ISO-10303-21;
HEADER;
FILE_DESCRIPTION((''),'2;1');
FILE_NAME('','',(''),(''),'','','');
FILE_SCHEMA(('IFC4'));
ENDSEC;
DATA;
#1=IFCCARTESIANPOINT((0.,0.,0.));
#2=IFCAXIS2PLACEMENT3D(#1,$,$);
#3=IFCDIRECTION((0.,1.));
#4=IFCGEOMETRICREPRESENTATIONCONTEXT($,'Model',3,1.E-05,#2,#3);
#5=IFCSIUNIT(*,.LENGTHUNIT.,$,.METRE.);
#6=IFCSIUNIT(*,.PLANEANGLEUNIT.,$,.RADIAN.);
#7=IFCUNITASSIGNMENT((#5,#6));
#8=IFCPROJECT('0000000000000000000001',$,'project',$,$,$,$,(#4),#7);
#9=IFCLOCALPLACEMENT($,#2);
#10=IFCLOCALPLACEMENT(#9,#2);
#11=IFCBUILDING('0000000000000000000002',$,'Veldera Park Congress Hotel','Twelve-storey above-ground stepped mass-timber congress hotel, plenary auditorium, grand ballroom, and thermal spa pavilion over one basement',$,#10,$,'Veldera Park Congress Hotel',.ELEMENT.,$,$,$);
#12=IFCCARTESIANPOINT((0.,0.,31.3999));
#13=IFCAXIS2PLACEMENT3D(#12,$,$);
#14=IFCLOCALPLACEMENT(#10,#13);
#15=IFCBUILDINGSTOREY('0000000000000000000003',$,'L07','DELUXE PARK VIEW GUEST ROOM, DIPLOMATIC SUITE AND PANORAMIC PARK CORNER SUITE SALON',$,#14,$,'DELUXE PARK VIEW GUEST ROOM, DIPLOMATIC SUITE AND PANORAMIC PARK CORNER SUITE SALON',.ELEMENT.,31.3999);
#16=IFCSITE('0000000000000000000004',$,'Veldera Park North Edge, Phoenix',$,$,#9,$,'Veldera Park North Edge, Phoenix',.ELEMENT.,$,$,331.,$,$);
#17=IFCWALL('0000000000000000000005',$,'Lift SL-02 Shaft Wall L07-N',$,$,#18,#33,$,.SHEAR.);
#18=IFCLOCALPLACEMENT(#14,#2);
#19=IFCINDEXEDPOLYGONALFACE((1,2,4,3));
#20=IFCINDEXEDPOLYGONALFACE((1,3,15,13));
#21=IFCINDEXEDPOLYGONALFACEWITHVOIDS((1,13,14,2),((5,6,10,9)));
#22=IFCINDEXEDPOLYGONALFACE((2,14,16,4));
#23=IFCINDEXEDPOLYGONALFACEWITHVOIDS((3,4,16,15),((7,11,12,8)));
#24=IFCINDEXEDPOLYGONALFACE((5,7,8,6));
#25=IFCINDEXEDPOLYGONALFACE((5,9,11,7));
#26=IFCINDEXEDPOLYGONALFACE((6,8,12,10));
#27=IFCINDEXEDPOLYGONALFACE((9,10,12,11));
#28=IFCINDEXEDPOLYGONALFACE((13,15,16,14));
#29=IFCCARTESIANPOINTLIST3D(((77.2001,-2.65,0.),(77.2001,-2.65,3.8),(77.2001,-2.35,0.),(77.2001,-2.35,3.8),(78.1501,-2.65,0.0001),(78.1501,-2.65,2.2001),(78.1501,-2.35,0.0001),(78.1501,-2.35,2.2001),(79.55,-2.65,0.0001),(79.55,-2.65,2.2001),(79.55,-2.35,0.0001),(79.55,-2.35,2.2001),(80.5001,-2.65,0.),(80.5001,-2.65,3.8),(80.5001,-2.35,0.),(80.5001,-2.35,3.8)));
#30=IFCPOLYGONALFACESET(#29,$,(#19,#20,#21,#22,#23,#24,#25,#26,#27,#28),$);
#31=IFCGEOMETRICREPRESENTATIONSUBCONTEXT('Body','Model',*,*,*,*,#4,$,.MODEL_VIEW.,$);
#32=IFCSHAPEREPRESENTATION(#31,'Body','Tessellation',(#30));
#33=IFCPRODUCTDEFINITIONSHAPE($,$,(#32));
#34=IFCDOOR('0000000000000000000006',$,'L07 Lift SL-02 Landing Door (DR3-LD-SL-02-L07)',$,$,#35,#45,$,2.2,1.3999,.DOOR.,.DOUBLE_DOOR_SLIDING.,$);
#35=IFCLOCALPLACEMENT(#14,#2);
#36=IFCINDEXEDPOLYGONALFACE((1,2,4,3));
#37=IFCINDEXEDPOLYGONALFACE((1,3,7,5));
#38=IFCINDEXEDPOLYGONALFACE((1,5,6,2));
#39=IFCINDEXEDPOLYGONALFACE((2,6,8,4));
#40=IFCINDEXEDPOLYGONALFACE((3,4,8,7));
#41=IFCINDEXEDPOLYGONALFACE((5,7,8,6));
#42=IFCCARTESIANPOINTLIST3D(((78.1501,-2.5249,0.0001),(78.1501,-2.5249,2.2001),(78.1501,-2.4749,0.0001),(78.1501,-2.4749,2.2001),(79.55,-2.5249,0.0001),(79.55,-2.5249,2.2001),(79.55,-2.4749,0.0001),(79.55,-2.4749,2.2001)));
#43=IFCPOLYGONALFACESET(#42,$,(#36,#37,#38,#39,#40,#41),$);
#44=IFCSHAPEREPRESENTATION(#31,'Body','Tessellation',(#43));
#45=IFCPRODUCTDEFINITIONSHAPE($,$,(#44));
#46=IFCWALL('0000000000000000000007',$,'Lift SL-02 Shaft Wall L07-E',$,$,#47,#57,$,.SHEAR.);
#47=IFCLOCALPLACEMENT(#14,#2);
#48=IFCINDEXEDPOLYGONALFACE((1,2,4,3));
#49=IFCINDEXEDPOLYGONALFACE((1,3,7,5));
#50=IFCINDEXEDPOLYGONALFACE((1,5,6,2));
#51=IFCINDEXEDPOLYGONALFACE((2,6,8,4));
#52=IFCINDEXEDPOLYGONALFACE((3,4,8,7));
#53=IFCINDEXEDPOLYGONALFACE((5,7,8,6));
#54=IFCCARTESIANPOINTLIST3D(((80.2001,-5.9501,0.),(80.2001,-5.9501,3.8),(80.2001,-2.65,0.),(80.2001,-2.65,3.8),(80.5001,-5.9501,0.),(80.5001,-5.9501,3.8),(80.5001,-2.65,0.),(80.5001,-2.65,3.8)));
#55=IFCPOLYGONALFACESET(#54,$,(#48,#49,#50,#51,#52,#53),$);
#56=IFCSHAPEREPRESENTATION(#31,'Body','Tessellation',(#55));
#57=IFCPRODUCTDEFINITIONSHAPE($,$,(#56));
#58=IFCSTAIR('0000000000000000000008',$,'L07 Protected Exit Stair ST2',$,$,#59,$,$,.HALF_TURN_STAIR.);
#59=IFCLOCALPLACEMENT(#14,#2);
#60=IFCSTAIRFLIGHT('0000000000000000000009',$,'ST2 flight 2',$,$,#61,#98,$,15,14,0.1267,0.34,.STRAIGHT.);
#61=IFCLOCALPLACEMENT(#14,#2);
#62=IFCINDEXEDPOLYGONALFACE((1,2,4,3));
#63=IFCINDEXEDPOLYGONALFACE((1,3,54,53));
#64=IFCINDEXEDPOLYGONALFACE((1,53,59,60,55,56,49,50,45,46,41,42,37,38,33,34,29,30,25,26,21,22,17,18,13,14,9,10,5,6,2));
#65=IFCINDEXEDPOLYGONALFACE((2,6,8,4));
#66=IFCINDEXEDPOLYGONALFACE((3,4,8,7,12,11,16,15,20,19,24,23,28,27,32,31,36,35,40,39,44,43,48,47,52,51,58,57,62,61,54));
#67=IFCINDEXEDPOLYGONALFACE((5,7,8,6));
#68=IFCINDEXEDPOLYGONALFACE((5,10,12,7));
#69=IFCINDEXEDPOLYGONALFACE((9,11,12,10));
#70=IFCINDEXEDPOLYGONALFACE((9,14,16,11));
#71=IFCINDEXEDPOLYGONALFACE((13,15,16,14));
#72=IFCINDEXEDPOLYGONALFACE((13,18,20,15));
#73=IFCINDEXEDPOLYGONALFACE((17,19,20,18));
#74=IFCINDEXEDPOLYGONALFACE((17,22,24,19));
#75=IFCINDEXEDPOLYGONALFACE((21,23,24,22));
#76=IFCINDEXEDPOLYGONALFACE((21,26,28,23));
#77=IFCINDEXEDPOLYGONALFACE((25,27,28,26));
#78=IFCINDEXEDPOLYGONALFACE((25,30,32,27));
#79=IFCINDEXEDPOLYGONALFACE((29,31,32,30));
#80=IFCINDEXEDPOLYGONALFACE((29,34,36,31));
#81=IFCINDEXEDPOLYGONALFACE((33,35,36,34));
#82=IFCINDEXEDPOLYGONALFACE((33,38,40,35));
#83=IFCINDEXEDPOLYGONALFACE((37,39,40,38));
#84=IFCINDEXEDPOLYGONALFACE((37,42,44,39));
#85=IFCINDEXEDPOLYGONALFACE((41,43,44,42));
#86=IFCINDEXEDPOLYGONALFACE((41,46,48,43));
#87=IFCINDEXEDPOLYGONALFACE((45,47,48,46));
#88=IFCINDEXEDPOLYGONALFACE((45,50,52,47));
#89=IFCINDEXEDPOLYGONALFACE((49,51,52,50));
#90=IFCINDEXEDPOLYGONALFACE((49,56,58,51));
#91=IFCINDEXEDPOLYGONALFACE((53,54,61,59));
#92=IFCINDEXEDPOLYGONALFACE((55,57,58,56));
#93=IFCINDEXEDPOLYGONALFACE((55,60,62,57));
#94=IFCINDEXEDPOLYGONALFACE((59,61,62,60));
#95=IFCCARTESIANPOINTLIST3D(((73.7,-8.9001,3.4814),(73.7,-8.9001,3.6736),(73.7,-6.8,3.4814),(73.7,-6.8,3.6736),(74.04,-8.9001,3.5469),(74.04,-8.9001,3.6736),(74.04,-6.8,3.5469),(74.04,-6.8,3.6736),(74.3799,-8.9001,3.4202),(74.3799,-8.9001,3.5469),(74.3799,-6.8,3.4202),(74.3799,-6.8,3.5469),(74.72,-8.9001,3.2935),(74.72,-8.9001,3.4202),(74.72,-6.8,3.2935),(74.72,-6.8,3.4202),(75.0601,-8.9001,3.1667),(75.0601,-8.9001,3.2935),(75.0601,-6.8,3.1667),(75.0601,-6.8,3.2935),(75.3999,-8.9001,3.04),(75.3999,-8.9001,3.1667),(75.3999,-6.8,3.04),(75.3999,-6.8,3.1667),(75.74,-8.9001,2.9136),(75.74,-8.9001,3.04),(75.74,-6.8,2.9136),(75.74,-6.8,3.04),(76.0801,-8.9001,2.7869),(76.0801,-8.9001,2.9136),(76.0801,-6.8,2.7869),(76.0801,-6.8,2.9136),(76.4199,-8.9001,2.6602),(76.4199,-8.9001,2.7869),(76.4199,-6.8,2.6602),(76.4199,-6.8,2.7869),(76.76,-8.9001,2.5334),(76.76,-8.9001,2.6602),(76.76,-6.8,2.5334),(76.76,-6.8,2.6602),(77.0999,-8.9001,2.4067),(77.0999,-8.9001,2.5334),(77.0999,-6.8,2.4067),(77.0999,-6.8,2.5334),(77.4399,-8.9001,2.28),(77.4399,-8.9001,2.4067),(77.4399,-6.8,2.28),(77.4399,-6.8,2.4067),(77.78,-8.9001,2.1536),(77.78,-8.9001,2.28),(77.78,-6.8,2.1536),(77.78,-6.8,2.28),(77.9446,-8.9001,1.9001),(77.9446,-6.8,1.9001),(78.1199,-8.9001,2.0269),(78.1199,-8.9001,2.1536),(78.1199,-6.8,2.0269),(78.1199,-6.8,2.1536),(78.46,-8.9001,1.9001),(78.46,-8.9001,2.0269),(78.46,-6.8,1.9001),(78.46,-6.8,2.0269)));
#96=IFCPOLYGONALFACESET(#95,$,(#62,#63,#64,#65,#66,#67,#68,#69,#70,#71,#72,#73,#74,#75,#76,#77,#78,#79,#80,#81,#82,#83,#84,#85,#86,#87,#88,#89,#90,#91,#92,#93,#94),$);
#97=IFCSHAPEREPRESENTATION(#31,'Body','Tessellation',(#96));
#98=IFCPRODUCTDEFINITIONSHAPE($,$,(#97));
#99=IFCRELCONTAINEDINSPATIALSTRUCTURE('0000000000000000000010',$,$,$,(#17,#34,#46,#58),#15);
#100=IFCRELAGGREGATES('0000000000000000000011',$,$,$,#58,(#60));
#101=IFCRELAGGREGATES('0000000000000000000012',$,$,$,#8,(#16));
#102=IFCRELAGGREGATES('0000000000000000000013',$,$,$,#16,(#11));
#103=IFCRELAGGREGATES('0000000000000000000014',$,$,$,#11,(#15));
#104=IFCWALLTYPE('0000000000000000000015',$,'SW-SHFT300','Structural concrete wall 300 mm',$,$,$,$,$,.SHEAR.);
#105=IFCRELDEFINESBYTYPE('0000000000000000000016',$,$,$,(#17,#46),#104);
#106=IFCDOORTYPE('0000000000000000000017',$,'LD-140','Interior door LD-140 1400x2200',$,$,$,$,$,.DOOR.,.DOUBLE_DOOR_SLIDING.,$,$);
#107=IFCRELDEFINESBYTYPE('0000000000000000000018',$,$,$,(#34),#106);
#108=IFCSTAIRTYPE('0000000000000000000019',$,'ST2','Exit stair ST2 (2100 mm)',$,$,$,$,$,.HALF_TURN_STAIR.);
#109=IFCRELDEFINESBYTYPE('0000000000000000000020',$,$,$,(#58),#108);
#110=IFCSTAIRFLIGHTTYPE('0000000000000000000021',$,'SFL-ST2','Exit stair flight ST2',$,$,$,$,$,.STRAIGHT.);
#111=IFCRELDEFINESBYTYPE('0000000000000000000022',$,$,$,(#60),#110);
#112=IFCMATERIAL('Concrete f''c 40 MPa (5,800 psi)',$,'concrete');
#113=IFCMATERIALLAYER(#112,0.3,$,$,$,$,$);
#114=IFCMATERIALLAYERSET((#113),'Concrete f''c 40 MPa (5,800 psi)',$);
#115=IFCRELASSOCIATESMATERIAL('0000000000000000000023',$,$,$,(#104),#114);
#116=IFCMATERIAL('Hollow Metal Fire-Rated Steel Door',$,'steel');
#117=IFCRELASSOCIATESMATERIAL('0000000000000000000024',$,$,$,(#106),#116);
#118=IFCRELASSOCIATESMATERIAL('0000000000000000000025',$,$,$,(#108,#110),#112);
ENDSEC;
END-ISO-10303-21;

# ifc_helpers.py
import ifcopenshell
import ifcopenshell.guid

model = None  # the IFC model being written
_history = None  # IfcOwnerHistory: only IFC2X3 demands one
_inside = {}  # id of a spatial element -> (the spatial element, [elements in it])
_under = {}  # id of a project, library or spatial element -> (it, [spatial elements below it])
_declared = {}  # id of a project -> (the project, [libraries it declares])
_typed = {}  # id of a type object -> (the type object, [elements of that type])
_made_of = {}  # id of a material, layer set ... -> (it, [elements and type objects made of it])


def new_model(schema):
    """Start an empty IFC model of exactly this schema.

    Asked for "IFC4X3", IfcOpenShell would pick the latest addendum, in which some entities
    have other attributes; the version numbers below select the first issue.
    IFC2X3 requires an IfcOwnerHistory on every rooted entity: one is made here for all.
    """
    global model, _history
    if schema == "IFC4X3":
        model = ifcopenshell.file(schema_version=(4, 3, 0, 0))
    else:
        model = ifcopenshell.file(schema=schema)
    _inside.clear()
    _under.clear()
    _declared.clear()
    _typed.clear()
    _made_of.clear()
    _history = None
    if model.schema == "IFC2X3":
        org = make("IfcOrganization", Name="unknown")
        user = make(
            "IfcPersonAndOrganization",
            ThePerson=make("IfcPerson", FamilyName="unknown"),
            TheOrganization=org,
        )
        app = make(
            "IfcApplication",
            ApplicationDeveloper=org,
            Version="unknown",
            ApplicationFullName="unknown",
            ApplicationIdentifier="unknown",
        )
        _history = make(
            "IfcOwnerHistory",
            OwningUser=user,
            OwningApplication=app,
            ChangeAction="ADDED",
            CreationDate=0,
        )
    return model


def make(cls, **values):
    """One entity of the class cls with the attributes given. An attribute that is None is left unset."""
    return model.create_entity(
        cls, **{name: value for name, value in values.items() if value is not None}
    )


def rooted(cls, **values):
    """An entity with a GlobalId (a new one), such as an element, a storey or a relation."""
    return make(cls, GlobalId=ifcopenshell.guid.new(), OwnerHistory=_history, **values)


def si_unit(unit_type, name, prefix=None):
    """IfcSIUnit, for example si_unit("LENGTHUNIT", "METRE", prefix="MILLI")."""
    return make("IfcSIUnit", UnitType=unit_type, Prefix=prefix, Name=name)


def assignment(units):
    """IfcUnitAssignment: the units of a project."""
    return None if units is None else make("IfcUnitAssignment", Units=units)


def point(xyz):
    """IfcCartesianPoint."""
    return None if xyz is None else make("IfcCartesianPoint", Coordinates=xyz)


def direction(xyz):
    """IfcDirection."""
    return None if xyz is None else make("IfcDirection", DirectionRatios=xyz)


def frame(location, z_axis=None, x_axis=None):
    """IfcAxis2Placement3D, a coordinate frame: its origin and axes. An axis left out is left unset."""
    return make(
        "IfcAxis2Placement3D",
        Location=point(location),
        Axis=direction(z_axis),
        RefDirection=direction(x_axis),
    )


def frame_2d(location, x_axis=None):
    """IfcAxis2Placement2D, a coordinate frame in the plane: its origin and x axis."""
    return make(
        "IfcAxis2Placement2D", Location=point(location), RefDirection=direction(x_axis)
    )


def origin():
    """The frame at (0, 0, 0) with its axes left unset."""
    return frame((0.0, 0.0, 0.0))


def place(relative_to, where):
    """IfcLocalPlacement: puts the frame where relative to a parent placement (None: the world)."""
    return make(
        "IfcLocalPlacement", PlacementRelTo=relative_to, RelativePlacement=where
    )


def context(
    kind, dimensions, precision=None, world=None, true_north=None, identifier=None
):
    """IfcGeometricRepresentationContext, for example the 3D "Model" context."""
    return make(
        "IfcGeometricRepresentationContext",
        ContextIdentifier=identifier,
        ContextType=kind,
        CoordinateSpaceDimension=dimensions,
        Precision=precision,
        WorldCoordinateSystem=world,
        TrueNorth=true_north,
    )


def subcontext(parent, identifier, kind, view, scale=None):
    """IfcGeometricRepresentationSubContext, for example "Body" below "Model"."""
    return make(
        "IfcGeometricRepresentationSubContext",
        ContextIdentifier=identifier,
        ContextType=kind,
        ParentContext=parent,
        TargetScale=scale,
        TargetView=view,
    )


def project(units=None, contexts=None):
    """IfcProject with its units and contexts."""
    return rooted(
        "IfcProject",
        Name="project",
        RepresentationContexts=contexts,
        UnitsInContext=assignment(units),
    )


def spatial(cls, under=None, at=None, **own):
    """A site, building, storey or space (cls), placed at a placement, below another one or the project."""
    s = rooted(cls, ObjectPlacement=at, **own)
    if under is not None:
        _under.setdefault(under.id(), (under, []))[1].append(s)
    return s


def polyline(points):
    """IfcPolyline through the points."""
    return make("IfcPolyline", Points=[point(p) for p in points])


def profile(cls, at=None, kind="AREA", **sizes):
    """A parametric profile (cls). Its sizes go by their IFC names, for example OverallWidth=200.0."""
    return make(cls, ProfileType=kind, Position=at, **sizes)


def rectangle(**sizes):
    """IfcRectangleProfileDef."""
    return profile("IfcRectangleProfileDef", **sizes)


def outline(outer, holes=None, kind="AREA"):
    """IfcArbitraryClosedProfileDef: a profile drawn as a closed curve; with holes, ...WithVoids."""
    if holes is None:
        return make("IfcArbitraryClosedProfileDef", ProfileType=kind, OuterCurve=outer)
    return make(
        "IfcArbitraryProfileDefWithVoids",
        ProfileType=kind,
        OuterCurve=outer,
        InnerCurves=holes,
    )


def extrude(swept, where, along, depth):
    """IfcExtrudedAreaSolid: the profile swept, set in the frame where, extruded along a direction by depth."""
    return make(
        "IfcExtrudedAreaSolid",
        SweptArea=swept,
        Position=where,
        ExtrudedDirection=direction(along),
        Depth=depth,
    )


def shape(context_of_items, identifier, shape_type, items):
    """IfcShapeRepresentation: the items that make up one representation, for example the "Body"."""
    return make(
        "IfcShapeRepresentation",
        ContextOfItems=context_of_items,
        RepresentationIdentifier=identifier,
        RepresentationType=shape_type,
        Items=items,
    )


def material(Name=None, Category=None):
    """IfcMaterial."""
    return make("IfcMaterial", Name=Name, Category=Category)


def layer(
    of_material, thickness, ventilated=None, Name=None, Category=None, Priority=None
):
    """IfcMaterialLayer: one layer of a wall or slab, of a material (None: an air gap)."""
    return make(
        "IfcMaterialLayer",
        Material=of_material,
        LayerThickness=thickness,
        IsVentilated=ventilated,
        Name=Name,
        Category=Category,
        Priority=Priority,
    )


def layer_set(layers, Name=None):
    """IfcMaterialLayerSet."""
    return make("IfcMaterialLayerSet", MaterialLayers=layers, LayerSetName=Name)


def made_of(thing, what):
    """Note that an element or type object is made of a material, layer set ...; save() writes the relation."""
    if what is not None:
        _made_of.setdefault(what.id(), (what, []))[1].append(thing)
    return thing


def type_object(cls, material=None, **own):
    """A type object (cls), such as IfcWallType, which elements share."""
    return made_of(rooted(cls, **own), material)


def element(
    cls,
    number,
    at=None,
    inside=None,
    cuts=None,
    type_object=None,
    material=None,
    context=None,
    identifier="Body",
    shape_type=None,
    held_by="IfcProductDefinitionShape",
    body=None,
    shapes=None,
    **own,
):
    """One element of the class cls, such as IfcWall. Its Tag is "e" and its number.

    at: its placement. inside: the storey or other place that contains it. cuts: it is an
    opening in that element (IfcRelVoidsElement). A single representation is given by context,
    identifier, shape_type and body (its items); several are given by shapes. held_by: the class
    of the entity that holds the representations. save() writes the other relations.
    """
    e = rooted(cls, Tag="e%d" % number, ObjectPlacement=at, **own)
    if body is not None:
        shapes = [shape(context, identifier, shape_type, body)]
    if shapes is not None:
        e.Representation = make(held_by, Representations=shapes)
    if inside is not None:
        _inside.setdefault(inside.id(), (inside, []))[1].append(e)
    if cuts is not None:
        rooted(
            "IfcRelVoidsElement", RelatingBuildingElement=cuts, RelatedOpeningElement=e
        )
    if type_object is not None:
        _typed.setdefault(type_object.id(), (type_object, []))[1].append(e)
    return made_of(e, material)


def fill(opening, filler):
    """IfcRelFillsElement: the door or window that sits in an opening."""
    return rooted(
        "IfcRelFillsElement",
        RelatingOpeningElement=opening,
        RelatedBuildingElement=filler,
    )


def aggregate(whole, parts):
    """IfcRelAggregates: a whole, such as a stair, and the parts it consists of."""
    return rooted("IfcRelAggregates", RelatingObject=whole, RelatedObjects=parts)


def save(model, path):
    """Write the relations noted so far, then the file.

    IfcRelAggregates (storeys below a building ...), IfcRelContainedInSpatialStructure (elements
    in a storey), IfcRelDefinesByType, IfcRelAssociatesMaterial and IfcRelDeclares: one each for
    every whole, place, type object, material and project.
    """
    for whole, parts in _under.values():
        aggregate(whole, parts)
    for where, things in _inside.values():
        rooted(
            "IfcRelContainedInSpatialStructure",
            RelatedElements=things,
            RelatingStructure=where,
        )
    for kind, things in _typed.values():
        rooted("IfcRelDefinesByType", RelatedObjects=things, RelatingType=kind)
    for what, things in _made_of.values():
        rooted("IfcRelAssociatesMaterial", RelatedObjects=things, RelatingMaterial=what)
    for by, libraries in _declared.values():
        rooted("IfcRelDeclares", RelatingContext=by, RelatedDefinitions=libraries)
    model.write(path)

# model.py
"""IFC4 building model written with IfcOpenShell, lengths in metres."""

from ifc_helpers import new_model, si_unit, direction, frame, frame_2d, origin, place, context, subcontext, project, spatial, polyline, rectangle, outline, extrude, material, layer, layer_set, type_object, element, fill, aggregate, save


model = new_model("IFC4")

# Units and contexts
model_context = context("Model", 3, precision=1e-05, world=origin(), true_north=direction((0.0, 1.0)))
body_context = subcontext(model_context, "Body", "Model", "MODEL_VIEW")
ifc_project = project(units=[si_unit("LENGTHUNIT", "METRE"), si_unit("PLANEANGLEUNIT", "RADIAN")], contexts=[model_context])

# Site, building, storey
site_placement = place(None, origin())
site = spatial("IfcSite", under=ifc_project, at=site_placement, Name="Veldera Park North Edge, Phoenix", LongName="Veldera Park North Edge, Phoenix", CompositionType="ELEMENT", RefElevation=331.0)
building_placement = place(site_placement, origin())
building = spatial("IfcBuilding", under=site, at=building_placement, Name="Veldera Park Congress Hotel", Description="Twelve-storey above-ground stepped mass-timber congress hotel, plenary auditorium, grand ballroom, and thermal spa pavilion over one basement", LongName="Veldera Park Congress Hotel", CompositionType="ELEMENT")
storey_placement = place(building_placement, frame((0.0, 0.0, 31.3999)))
storey = spatial("IfcBuildingStorey", under=building, at=storey_placement, Name="L07", Description="DELUXE PARK VIEW GUEST ROOM, DIPLOMATIC SUITE AND PANORAMIC PARK CORNER SUITE SALON", LongName="DELUXE PARK VIEW GUEST ROOM, DIPLOMATIC SUITE AND PANORAMIC PARK CORNER SUITE SALON", CompositionType="ELEMENT", Elevation=31.3999)

# Shared definitions
ifc_material_1 = material(Name="Concrete f'c 40 MPa (5,800 psi)", Category="concrete")

# Shared definitions
ifc_layer_1 = layer(ifc_material_1, 0.3)
ifc_layer_set_1 = layer_set([ifc_layer_1], Name="Concrete f'c 40 MPa (5,800 psi)")
wall_type_1 = type_object("IfcWallType", Name="SW-SHFT300", Description="Structural concrete wall 300 mm", PredefinedType="SHEAR", material=ifc_layer_set_1)
ifc_material_2 = material(Name="Hollow Metal Fire-Rated Steel Door", Category="steel")
door_type = type_object("IfcDoorType", Name="LD-140", Description="Interior door LD-140 1400x2200", OperationType="DOUBLE_DOOR_SLIDING", PredefinedType="DOOR", material=ifc_material_2)

# Wall, opening, door
wall_1_placement = place(storey_placement, frame((80.5, -2.5, 0.0), z_axis=(0.0, 0.0, 1.0), x_axis=(-1.0, 0.0, 0.0)))
wall_1 = element("IfcWall", 1, at=wall_1_placement, inside=storey, type_object=wall_type_1, Name="Lift SL-02 Shaft Wall L07-N", PredefinedType="SHEAR", context=body_context, shape_type="SweptSolid", body=[
    extrude(rectangle(XDim=3.3, YDim=0.3, at=frame_2d((1.6499, 0.0))), origin(), (0.0, 0.0, 1.0), 3.8),
])
opening_1_placement = place(wall_1_placement, frame((0.95, 0.0, 0.0)))
opening_1 = element("IfcOpeningElement", 2, at=opening_1_placement, cuts=wall_1, PredefinedType="OPENING", context=body_context, shape_type="SweptSolid", body=[
    extrude(rectangle(XDim=1.3999, YDim=2.2, at=frame_2d((0.7, 1.1001))), frame((0.0, 0.1621, 0.0), z_axis=(0.0, -1.0, 0.0), x_axis=(1.0, 0.0, 0.0)), (0.0, 0.0, 1.0), 0.324),
])
door_1_placement = place(opening_1_placement, origin())
door_1 = element("IfcDoor", 3, at=door_1_placement, inside=storey, type_object=door_type, Name="L07 Lift SL-02 Landing Door (DR3-LD-SL-02-L07)", OperationType="DOUBLE_DOOR_SLIDING", OverallHeight=2.2, OverallWidth=1.3999, PredefinedType="DOOR", context=body_context, shape_type="SweptSolid", body=[
    extrude(rectangle(XDim=1.3999, YDim=2.2, at=frame_2d((0.7, 1.1001))), frame((0.0, 0.0249, 0.0), z_axis=(0.0, -1.0, 0.0), x_axis=(1.0, 0.0, 0.0)), (0.0, 0.0, 1.0), 0.05),
])
fill(opening_1, door_1)

# Wall
wall_2_placement = place(storey_placement, frame((80.3501, -5.95, 0.0), z_axis=(0.0, 0.0, 1.0), x_axis=(0.0, 1.0, 0.0)))
element("IfcWall", 4, at=wall_2_placement, inside=storey, type_object=wall_type_1, Name="Lift SL-02 Shaft Wall L07-E", PredefinedType="SHEAR", context=body_context, shape_type="SweptSolid", body=[
    extrude(rectangle(XDim=3.3, YDim=0.3, at=frame_2d((1.6499, 0.0))), origin(), (0.0, 0.0, 1.0), 3.8),
])

# Stair, stair flight
stair_type = type_object("IfcStairType", Name="ST2", Description="Exit stair ST2 (2100 mm)", PredefinedType="HALF_TURN_STAIR", material=ifc_material_1)
stair_placement = place(storey_placement, origin())
stair = element("IfcStair", 5, at=stair_placement, inside=storey, type_object=stair_type, Name="L07 Protected Exit Stair ST2", PredefinedType="HALF_TURN_STAIR")
stair_flight_type = type_object("IfcStairFlightType", Name="SFL-ST2", Description="Exit stair flight ST2", PredefinedType="STRAIGHT", material=ifc_material_1)
stair_flight_placement = place(storey_placement, frame((78.46, -7.8501, 1.9001), z_axis=(0.0, 0.0, 1.0), x_axis=(-1.0, 0.0, 0.0)))
stair_flight = element("IfcStairFlight", 6, at=stair_flight_placement, type_object=stair_flight_type, Name="ST2 flight 2", NumberOfRisers=15, NumberOfTreads=14, PredefinedType="STRAIGHT", RiserHeight=0.1267, TreadLength=0.34, context=body_context, shape_type="SweptSolid", body=[
    extrude(outline(polyline([(0.0, 0.0), (0.0, 0.1267), (0.3401, 0.1267), (0.3401, 0.2534), (0.6799, 0.2534), (0.6799, 0.3799), (1.02, 0.3799), (1.02, 0.5066), (1.3601, 0.5066), (1.3601, 0.6333), (1.7, 0.6333), (1.7, 0.76), (2.04, 0.76), (2.04, 0.8867), (2.3799, 0.8867), (2.3799, 1.0134), (2.72, 1.0134), (2.72, 1.1399), (3.0601, 1.1399), (3.0601, 1.2666), (3.3999, 1.2666), (3.3999, 1.3933), (3.74, 1.3933), (3.74, 1.52), (4.0801, 1.52), (4.0801, 1.6467), (4.4199, 1.6467), (4.4199, 1.7734), (4.76, 1.7734), (4.76, 1.8999), (4.76, 1.8999), (4.76, 1.5813), (0.5154, 0.0), (0.0, 0.0)])), frame((0.0, 1.05, 0.0), z_axis=(0.0, -1.0, 0.0), x_axis=(1.0, 0.0, 0.0)), (0.0, 0.0, 1.0), 2.1001),
])
aggregate(stair, [stair_flight])

save(model, "model.ifc")
